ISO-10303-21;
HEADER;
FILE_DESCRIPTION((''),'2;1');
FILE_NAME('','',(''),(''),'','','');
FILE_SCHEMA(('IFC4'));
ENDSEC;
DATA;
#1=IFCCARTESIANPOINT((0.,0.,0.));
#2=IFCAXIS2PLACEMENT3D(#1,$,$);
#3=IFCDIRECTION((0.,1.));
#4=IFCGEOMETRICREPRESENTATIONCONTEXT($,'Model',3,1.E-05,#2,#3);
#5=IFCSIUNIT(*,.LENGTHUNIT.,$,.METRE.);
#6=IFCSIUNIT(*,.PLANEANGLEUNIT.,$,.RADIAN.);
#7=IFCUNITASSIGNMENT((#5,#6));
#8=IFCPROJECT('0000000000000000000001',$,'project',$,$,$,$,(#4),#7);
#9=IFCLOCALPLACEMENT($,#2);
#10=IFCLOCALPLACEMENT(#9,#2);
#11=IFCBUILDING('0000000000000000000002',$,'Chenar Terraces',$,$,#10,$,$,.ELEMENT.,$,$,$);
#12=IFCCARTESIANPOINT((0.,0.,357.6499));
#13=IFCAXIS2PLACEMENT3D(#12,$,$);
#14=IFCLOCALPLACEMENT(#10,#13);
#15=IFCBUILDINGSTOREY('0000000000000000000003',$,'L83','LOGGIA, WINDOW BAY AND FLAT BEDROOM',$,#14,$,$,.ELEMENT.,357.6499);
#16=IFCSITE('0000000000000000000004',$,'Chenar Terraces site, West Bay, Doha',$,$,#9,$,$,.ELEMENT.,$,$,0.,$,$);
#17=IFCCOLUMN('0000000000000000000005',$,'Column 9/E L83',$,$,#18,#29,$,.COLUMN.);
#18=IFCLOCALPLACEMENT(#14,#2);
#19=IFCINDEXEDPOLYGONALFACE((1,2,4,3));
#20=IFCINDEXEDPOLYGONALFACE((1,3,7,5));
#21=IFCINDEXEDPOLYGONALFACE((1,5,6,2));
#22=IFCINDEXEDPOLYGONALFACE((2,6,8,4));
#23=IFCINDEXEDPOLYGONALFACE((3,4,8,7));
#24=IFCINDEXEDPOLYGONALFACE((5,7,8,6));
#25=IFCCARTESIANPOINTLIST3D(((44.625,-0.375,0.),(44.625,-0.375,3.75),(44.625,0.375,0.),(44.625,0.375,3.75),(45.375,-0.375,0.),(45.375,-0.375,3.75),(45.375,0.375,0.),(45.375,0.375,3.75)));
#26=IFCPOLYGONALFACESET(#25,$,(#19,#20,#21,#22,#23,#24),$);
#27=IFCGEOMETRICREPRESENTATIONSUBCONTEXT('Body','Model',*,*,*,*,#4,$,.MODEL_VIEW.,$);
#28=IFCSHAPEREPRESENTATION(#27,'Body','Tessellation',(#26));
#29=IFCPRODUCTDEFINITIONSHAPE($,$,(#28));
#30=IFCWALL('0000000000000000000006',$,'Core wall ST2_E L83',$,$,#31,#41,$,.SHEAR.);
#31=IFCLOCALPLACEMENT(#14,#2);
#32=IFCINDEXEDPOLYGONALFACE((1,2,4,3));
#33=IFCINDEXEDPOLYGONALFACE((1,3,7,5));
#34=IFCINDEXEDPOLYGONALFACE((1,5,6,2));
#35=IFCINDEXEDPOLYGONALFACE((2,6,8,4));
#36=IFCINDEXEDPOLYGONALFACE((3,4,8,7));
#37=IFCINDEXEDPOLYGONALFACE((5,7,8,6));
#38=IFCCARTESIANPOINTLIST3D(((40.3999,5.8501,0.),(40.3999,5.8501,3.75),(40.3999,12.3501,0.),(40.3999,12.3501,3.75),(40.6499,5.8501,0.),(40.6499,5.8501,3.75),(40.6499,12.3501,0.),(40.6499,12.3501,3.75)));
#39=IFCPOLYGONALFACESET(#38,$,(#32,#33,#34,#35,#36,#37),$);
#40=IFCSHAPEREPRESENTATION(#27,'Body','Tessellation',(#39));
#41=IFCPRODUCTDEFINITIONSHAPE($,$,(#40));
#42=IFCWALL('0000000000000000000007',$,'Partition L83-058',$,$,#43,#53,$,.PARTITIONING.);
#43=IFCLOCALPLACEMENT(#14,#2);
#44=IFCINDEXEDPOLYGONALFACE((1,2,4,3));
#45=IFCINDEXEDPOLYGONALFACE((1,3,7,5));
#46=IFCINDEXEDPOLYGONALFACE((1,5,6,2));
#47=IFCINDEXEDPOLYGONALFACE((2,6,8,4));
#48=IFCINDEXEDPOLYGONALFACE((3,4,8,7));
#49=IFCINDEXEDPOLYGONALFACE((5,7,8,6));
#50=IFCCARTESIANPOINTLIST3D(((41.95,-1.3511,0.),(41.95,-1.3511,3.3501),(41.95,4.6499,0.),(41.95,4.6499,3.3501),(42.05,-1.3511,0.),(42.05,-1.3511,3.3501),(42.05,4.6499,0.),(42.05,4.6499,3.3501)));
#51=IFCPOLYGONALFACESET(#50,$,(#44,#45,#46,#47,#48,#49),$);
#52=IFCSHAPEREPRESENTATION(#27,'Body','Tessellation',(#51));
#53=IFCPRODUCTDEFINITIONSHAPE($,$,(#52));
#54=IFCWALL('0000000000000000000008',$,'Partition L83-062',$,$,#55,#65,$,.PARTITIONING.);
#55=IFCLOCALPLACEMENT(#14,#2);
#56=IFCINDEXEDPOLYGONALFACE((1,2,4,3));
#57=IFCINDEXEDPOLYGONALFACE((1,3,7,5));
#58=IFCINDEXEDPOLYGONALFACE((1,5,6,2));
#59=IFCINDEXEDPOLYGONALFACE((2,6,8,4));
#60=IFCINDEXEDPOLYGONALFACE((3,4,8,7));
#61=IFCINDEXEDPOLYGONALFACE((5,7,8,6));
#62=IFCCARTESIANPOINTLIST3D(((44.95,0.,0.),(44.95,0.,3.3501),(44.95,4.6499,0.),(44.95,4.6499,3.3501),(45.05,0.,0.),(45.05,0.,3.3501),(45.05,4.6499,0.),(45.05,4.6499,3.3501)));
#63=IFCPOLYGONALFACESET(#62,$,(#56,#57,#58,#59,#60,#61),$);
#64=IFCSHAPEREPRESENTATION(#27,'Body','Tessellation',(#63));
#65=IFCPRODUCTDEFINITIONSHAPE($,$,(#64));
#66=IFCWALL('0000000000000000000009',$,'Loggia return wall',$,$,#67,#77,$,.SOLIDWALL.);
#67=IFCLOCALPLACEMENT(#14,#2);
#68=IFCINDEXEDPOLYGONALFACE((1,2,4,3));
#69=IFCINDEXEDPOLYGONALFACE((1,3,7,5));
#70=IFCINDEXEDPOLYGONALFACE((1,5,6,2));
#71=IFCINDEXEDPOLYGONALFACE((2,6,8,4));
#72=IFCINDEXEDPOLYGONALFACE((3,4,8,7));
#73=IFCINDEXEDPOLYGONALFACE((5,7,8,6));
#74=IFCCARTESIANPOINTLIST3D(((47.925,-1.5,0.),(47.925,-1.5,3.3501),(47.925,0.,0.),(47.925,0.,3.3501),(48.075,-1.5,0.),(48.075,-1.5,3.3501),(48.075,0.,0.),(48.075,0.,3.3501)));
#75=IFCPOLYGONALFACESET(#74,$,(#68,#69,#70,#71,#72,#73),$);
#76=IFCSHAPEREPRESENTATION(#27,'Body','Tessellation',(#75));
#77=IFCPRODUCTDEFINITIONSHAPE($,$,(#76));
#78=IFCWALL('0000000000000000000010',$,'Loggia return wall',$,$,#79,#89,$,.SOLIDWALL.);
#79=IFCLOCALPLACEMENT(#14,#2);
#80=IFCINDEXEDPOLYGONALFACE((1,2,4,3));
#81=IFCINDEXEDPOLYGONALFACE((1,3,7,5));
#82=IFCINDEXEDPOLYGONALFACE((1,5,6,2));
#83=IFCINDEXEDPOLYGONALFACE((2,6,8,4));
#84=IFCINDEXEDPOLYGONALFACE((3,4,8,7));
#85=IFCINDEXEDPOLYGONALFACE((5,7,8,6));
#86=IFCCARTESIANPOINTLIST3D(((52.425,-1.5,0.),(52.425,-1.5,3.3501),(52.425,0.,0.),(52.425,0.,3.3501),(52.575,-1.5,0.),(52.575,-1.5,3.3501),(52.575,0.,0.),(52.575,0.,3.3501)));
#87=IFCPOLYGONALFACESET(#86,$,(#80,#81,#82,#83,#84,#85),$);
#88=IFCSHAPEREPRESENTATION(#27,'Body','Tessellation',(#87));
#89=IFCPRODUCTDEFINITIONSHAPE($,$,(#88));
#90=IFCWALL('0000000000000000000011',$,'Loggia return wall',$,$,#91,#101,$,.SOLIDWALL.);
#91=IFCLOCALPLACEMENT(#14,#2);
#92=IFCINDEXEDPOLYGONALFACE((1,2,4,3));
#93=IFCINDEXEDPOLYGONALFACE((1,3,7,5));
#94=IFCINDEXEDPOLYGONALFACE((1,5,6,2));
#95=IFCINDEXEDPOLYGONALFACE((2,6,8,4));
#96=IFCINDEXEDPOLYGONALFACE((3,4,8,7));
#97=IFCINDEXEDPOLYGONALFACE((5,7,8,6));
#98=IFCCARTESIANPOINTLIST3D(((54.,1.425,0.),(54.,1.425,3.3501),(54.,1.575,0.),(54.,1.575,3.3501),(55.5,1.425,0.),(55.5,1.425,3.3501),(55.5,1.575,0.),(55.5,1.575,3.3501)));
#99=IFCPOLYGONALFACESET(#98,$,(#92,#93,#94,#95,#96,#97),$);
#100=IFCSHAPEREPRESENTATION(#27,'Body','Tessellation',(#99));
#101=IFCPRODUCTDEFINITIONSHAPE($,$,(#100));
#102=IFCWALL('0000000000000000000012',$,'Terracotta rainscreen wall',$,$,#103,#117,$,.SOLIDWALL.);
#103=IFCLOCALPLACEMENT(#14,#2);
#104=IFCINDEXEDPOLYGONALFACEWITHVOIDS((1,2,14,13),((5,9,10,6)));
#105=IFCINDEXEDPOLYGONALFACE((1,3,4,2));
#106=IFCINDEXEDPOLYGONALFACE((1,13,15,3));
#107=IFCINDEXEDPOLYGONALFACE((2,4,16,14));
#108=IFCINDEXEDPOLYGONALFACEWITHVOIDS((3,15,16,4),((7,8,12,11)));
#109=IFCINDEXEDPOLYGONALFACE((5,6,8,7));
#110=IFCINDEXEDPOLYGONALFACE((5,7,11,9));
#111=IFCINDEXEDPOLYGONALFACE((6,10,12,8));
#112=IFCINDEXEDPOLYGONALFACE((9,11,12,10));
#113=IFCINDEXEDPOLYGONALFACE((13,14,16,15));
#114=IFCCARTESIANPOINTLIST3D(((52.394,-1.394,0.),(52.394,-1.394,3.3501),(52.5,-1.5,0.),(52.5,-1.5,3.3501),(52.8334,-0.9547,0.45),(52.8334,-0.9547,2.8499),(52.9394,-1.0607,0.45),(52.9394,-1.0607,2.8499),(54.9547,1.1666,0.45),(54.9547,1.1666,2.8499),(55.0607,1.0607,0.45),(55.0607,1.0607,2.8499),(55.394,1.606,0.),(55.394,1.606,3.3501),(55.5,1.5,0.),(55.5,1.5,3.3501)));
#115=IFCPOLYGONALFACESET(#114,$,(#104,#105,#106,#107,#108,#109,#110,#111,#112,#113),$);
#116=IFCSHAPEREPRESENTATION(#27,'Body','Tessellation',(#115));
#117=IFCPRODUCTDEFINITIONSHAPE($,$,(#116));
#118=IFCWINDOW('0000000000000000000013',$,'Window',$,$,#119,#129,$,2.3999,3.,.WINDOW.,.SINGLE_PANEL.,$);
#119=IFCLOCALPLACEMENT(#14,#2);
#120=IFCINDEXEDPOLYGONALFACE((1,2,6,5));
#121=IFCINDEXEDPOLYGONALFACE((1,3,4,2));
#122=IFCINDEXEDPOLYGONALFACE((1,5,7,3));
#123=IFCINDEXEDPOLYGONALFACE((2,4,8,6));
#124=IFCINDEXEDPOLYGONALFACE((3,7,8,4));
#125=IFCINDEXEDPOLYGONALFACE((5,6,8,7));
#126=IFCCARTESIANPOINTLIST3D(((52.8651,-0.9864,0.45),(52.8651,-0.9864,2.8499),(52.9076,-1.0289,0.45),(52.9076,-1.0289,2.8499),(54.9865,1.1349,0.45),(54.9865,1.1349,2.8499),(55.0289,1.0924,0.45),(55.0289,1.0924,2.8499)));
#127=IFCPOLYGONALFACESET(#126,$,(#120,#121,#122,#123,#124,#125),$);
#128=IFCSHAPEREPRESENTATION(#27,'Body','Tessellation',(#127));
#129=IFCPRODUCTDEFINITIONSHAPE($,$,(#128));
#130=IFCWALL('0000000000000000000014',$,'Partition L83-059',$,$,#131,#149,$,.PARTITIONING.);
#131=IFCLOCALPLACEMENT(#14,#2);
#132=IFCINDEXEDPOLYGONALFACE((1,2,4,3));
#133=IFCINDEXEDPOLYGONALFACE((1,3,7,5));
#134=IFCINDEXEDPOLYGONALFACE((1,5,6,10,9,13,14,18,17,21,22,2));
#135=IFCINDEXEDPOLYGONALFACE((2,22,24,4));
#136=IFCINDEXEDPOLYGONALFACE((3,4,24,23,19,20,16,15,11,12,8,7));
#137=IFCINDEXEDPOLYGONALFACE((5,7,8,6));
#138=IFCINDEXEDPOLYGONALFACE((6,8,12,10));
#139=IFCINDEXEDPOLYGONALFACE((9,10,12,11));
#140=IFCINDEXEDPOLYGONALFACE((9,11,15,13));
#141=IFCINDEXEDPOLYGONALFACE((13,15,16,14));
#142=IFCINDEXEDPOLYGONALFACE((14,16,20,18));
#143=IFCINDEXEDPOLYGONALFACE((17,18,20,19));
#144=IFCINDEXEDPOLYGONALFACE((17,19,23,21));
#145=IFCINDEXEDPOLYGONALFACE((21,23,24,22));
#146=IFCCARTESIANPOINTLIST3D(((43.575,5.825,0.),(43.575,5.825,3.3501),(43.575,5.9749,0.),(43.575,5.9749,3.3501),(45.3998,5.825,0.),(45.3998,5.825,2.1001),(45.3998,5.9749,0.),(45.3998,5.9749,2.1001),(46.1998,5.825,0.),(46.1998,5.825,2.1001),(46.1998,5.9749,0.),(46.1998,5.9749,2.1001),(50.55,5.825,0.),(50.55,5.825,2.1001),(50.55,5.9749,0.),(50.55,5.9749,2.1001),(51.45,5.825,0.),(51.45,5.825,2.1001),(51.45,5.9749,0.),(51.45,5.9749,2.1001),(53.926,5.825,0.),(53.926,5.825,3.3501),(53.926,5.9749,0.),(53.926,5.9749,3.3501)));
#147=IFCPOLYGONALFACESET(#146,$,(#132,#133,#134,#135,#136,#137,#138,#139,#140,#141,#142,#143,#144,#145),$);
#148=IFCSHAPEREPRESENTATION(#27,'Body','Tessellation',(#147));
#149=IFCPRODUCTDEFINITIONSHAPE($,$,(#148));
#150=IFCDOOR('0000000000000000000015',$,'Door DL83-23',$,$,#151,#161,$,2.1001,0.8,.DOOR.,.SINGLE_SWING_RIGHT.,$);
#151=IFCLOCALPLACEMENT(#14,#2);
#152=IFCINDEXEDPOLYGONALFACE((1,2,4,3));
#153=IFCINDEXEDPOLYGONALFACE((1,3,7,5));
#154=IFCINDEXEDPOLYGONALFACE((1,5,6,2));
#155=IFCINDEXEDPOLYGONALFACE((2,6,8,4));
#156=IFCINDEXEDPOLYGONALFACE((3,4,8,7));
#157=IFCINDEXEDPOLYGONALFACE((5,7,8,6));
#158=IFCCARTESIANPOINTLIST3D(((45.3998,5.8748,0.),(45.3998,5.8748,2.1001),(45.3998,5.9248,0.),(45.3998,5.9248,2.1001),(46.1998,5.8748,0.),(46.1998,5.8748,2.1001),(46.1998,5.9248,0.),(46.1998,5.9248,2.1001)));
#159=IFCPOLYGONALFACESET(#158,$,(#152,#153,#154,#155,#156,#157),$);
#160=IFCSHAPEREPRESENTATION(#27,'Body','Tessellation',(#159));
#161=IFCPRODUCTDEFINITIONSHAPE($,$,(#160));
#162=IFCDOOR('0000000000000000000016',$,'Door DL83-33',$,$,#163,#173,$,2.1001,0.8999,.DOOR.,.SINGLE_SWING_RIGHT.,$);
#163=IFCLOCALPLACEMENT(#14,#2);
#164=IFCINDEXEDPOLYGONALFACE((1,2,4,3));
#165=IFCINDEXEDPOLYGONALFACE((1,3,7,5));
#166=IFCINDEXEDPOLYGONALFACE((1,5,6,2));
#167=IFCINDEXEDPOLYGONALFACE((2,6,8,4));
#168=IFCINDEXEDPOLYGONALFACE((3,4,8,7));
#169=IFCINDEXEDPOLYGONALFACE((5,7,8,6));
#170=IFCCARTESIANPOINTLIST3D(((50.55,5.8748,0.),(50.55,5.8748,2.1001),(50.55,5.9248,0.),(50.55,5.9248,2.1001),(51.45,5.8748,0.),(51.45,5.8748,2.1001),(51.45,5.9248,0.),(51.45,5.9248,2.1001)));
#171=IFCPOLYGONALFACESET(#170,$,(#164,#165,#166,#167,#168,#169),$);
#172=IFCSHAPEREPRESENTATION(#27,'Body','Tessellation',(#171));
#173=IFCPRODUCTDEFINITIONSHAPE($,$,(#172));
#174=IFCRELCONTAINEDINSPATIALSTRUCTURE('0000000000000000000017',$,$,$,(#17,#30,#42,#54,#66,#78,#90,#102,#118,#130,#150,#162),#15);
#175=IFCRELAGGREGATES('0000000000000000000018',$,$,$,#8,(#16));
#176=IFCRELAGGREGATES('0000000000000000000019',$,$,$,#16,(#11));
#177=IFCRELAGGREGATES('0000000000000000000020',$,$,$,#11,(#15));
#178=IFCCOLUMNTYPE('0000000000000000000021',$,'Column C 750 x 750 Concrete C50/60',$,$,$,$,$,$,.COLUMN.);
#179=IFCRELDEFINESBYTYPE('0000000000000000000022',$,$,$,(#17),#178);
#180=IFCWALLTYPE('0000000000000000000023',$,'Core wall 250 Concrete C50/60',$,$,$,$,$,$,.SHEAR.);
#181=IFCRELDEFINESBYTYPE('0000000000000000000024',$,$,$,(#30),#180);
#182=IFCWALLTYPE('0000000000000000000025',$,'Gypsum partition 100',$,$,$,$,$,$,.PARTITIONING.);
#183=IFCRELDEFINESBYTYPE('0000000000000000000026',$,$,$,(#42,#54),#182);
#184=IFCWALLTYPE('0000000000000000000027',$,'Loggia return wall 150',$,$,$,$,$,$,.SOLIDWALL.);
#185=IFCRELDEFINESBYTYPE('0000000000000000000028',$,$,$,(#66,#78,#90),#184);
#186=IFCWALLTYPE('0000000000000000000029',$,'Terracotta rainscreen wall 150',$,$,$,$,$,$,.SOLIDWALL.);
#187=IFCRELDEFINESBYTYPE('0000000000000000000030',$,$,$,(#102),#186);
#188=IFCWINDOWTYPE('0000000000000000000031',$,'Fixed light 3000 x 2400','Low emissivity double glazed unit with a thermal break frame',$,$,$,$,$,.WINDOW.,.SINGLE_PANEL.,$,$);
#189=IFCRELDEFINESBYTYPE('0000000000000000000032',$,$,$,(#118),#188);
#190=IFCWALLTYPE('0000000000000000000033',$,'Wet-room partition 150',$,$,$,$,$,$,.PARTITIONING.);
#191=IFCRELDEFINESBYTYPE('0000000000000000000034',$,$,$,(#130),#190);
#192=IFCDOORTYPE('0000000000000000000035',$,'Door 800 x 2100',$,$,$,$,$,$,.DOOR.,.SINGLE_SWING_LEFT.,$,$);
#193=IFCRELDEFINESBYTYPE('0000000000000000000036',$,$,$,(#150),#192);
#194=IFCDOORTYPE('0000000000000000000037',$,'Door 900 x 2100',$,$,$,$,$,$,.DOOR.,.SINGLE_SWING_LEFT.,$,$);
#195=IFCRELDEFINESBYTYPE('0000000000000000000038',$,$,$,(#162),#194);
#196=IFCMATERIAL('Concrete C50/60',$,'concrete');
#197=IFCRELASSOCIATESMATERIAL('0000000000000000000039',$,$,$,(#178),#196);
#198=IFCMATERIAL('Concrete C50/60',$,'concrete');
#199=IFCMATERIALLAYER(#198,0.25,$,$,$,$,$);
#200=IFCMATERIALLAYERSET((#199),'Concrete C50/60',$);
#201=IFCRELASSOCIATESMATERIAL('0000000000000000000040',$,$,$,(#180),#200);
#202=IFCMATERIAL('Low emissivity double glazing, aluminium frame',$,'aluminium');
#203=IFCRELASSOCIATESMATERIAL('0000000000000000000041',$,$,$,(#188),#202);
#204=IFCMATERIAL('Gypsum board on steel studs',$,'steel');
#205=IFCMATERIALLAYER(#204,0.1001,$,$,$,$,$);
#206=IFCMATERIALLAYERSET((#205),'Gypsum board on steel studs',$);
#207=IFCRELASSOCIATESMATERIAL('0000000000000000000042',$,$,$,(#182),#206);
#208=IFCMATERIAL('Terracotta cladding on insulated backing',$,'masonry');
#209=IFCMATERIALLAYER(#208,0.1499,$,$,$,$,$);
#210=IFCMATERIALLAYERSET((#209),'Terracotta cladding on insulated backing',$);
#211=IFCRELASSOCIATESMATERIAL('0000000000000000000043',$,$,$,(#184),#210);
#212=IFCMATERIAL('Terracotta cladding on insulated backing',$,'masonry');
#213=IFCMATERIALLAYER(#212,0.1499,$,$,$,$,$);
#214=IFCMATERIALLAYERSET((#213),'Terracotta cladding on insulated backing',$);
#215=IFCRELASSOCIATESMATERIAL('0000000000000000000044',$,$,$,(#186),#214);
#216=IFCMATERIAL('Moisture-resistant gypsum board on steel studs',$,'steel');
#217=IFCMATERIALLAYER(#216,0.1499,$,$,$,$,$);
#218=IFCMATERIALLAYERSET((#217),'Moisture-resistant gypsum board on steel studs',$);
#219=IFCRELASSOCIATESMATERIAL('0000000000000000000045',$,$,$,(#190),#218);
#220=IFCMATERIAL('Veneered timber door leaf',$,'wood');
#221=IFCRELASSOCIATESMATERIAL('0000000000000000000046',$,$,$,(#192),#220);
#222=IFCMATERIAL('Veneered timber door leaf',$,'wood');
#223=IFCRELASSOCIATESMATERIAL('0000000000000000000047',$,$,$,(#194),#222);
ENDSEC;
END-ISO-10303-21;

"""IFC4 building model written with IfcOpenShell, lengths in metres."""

from ifc_helpers import new_model, si_unit, direction, frame, frame_2d, origin, origin_2d, place, context, subcontext, project, spatial, rectangle, extrude, material, layer, layer_set, material_profile, profile_set, type_object, element, fill, save


model = new_model("IFC4")

# Units and contexts
model_context = context("Model", 3, precision=1e-05, world=origin(), true_north=direction((0.0, 1.0)))
body_context = subcontext(model_context, "Body", "Model", "MODEL_VIEW")
ifc_project = project(units=[si_unit("LENGTHUNIT", "METRE"), si_unit("PLANEANGLEUNIT", "RADIAN")], contexts=[model_context])

# Site, building, storey
site_placement = place(None, origin())
site = spatial("IfcSite", under=ifc_project, at=site_placement, Name="Chenar Terraces site, West Bay, Doha", CompositionType="ELEMENT", RefElevation=0.0)
building_placement = place(site_placement, origin())
building = spatial("IfcBuilding", under=site, at=building_placement, Name="Chenar Terraces", CompositionType="ELEMENT")
storey_placement = place(building_placement, frame((0.0, 0.0, 357.6499)))
storey = spatial("IfcBuildingStorey", under=building, at=storey_placement, Name="L83", Description="LOGGIA, WINDOW BAY AND FLAT BEDROOM", CompositionType="ELEMENT", Elevation=357.6499)

# Column
ifc_material_1 = material(Name="Concrete C50/60", Category="concrete")
ifc_material_profile = material_profile(ifc_material_1, rectangle(XDim=0.75, YDim=0.75, at=origin_2d()), Name="C 750 x 750")
ifc_profile_set = profile_set([ifc_material_profile], Name="Concrete C50/60")
column_type = type_object("IfcColumnType", Name="Column C 750 x 750 Concrete C50/60", PredefinedType="COLUMN", material=ifc_profile_set)
column_placement = place(storey_placement, frame((45.0, 0.0, 0.0), z_axis=(0.0, 0.0, 1.0), x_axis=(1.0, 0.0, 0.0)))
element("IfcColumn", 1, at=column_placement, inside=storey, type_object=column_type, Name="Column 9/E L83", PredefinedType="COLUMN", context=body_context, shape_type="SweptSolid", body=[
    extrude(rectangle(XDim=0.75, YDim=0.75, at=origin_2d()), origin(), (0.0, 0.0, 1.0), 3.75),
])

# Wall
ifc_material_2 = material(Name="Concrete C50/60", Category="concrete")
ifc_layer_1 = layer(ifc_material_2, 0.25)
ifc_layer_set_1 = layer_set([ifc_layer_1], Name="Concrete C50/60")
wall_type_1 = type_object("IfcWallType", Name="Core wall 250 Concrete C50/60", PredefinedType="SHEAR", material=ifc_layer_set_1)
wall_1_placement = place(storey_placement, frame((40.5249, 5.8501, 0.0), z_axis=(0.0, 0.0, 1.0), x_axis=(0.0, 1.0, 0.0)))
element("IfcWall", 2, at=wall_1_placement, inside=storey, type_object=wall_type_1, Name="Core wall ST2_E L83", PredefinedType="SHEAR", context=body_context, shape_type="SweptSolid", body=[
    extrude(rectangle(XDim=6.5, YDim=0.25, at=frame_2d((3.25, 0.0))), origin(), (0.0, 0.0, 1.0), 3.75),
])

# Shared definitions
ifc_material_3 = material(Name="Low emissivity double glazing, aluminium frame", Category="aluminium")
window_type = type_object("IfcWindowType", Name="Fixed light 3000 x 2400", Description="Low emissivity double glazed unit with a thermal break frame", PartitioningType="SINGLE_PANEL", PredefinedType="WINDOW", material=ifc_material_3)

# Walls
ifc_material_4 = material(Name="Gypsum board on steel studs", Category="steel")
ifc_layer_2 = layer(ifc_material_4, 0.1001)
ifc_layer_set_2 = layer_set([ifc_layer_2], Name="Gypsum board on steel studs")
wall_type_2 = type_object("IfcWallType", Name="Gypsum partition 100", PredefinedType="PARTITIONING", material=ifc_layer_set_2)
wall_2_placement = place(storey_placement, frame((42.0, -1.3511, 0.0), z_axis=(0.0, 0.0, 1.0), x_axis=(0.0, 1.0, 0.0)))
element("IfcWall", 3, at=wall_2_placement, inside=storey, type_object=wall_type_2, Name="Partition L83-058", PredefinedType="PARTITIONING", context=body_context, shape_type="SweptSolid", body=[
    extrude(rectangle(XDim=6.001, YDim=0.1001, at=frame_2d((3.0005, 0.0))), origin(), (0.0, 0.0, 1.0), 3.3501),
])
wall_3_placement = place(storey_placement, frame((45.0, 0.0, 0.0), z_axis=(0.0, 0.0, 1.0), x_axis=(0.0, 1.0, 0.0)))
element("IfcWall", 4, at=wall_3_placement, inside=storey, type_object=wall_type_2, Name="Partition L83-062", PredefinedType="PARTITIONING", context=body_context, shape_type="SweptSolid", body=[
    extrude(rectangle(XDim=4.6499, YDim=0.1001, at=frame_2d((2.325, 0.0))), origin(), (0.0, 0.0, 1.0), 3.3501),
])
ifc_material_5 = material(Name="Terracotta cladding on insulated backing", Category="masonry")
ifc_layer_3 = layer(ifc_material_5, 0.1499)
ifc_layer_set_3 = layer_set([ifc_layer_3], Name="Terracotta cladding on insulated backing")
wall_type_3 = type_object("IfcWallType", Name="Loggia return wall 150", PredefinedType="SOLIDWALL", material=ifc_layer_set_3)
for number, where, z_axis, x_axis, name in (
    (5, (48.0, -1.5, 0.0), (0.0, 0.0, 1.0), (0.0, 1.0, 0.0), "Loggia return wall"),
    (6, (52.5, -1.5, 0.0), (0.0, 0.0, 1.0), (0.0, 1.0, 0.0), "Loggia return wall"),
    (7, (55.5, 1.5, 0.0), (0.0, 0.0, 1.0), (-1.0, 0.0, 0.0), "Loggia return wall"),
):
    element("IfcWall", number, at=place(storey_placement, frame(where, z_axis=z_axis, x_axis=x_axis)), inside=storey, type_object=wall_type_3, Name=name, PredefinedType="SOLIDWALL", context=body_context, shape_type="SweptSolid", body=[
        extrude(rectangle(XDim=1.5, YDim=0.1499, at=frame_2d((0.75, 0.0))), origin(), (0.0, 0.0, 1.0), 3.3501),
    ])

# Wall, opening, window
ifc_material_6 = material(Name="Terracotta cladding on insulated backing", Category="masonry")
ifc_layer_4 = layer(ifc_material_6, 0.1499)
ifc_layer_set_4 = layer_set([ifc_layer_4], Name="Terracotta cladding on insulated backing")
wall_type_4 = type_object("IfcWallType", Name="Terracotta rainscreen wall 150", PredefinedType="SOLIDWALL", material=ifc_layer_set_4)
wall_4_placement = place(storey_placement, frame((52.447, -1.447, 0.0), z_axis=(0.0, 0.0, 1.0), x_axis=(0.707107, 0.707107, 0.0)))
wall_4 = element("IfcWall", 8, at=wall_4_placement, inside=storey, type_object=wall_type_4, Name="Terracotta rainscreen wall", PredefinedType="SOLIDWALL", context=body_context, shape_type="SweptSolid", body=[
    extrude(rectangle(XDim=4.2427, YDim=0.1499, at=frame_2d((2.1213, 0.0))), origin(), (0.0, 0.0, 1.0), 3.3501),
])
opening_1_placement = place(wall_4_placement, frame((0.6213, 0.0, 0.45)))
opening_1 = element("IfcOpeningElement", 9, at=opening_1_placement, cuts=wall_4, PredefinedType="OPENING", context=body_context, shape_type="SweptSolid", body=[
    extrude(rectangle(XDim=3.0, YDim=2.3999, at=frame_2d((1.5, 1.2))), frame((0.0, 0.085, 0.0), z_axis=(0.0, -1.0, 0.0), x_axis=(1.0, 0.0, 0.0)), (0.0, 0.0, 1.0), 0.1699),
])
window_1_placement = place(opening_1_placement, origin())
window_1 = element("IfcWindow", 10, at=window_1_placement, inside=storey, type_object=window_type, Name="Window", OverallHeight=2.3999, OverallWidth=3.0, PartitioningType="SINGLE_PANEL", PredefinedType="WINDOW", context=body_context, shape_type="SweptSolid", body=[
    extrude(rectangle(XDim=3.0, YDim=2.3999, at=frame_2d((1.5, 1.2))), frame((0.0, 0.03, 0.0), z_axis=(0.0, -1.0, 0.0), x_axis=(1.0, 0.0, 0.0)), (0.0, 0.0, 1.0), 0.0601),
])
fill(opening_1, window_1)

# Wall, openings, doors
ifc_material_7 = material(Name="Moisture-resistant gypsum board on steel studs", Category="steel")
ifc_layer_5 = layer(ifc_material_7, 0.1499)
ifc_layer_set_5 = layer_set([ifc_layer_5], Name="Moisture-resistant gypsum board on steel studs")
wall_type_5 = type_object("IfcWallType", Name="Wet-room partition 150", PredefinedType="PARTITIONING", material=ifc_layer_set_5)
wall_5_placement = place(storey_placement, frame((43.575, 5.8999, 0.0), z_axis=(0.0, 0.0, 1.0), x_axis=(1.0, 0.0, 0.0)))
wall_5 = element("IfcWall", 11, at=wall_5_placement, inside=storey, type_object=wall_type_5, Name="Partition L83-059", PredefinedType="PARTITIONING", context=body_context, shape_type="SweptSolid", body=[
    extrude(rectangle(XDim=10.3511, YDim=0.1499, at=frame_2d((5.1755, 0.0))), origin(), (0.0, 0.0, 1.0), 3.3501),
])
opening_2_placement = place(wall_5_placement, frame((1.825, 0.0, 0.0)))
opening_2 = element("IfcOpeningElement", 12, at=opening_2_placement, cuts=wall_5, PredefinedType="OPENING", context=body_context, shape_type="SweptSolid", body=[
    extrude(rectangle(XDim=0.8, YDim=2.1001, at=frame_2d((0.3999, 1.05))), frame((0.0, 0.085, 0.0), z_axis=(0.0, -1.0, 0.0), x_axis=(1.0, 0.0, 0.0)), (0.0, 0.0, 1.0), 0.1699),
])
opening_3_placement = place(wall_5_placement, frame((6.9751, 0.0, 0.0)))
opening_3 = element("IfcOpeningElement", 13, at=opening_3_placement, cuts=wall_5, PredefinedType="OPENING", context=body_context, shape_type="SweptSolid", body=[
    extrude(rectangle(XDim=0.8999, YDim=2.1001, at=frame_2d((0.45, 1.05))), frame((0.0, 0.085, 0.0), z_axis=(0.0, -1.0, 0.0), x_axis=(1.0, 0.0, 0.0)), (0.0, 0.0, 1.0), 0.1699),
])
ifc_material_8 = material(Name="Veneered timber door leaf", Category="wood")
door_type_1 = type_object("IfcDoorType", Name="Door 800 x 2100", OperationType="SINGLE_SWING_LEFT", PredefinedType="DOOR", material=ifc_material_8)
door_1_placement = place(opening_2_placement, origin())
door_1 = element("IfcDoor", 14, at=door_1_placement, inside=storey, type_object=door_type_1, Name="Door DL83-23", OperationType="SINGLE_SWING_RIGHT", OverallHeight=2.1001, OverallWidth=0.8, PredefinedType="DOOR", context=body_context, shape_type="SweptSolid", body=[
    extrude(rectangle(XDim=0.8, YDim=2.1001, at=frame_2d((0.3999, 1.05))), frame((0.0, 0.0249, 0.0), z_axis=(0.0, -1.0, 0.0), x_axis=(1.0, 0.0, 0.0)), (0.0, 0.0, 1.0), 0.05),
])
fill(opening_2, door_1)
ifc_material_9 = material(Name="Veneered timber door leaf", Category="wood")
door_type_2 = type_object("IfcDoorType", Name="Door 900 x 2100", OperationType="SINGLE_SWING_LEFT", PredefinedType="DOOR", material=ifc_material_9)
door_2_placement = place(opening_3_placement, origin())
door_2 = element("IfcDoor", 15, at=door_2_placement, inside=storey, type_object=door_type_2, Name="Door DL83-33", OperationType="SINGLE_SWING_RIGHT", OverallHeight=2.1001, OverallWidth=0.8999, PredefinedType="DOOR", context=body_context, shape_type="SweptSolid", body=[
    extrude(rectangle(XDim=0.8999, YDim=2.1001, at=frame_2d((0.45, 1.05))), frame((0.0, 0.0249, 0.0), z_axis=(0.0, -1.0, 0.0), x_axis=(1.0, 0.0, 0.0)), (0.0, 0.0, 1.0), 0.05),
])
fill(opening_3, door_2)

save(model, "model.ifc")
